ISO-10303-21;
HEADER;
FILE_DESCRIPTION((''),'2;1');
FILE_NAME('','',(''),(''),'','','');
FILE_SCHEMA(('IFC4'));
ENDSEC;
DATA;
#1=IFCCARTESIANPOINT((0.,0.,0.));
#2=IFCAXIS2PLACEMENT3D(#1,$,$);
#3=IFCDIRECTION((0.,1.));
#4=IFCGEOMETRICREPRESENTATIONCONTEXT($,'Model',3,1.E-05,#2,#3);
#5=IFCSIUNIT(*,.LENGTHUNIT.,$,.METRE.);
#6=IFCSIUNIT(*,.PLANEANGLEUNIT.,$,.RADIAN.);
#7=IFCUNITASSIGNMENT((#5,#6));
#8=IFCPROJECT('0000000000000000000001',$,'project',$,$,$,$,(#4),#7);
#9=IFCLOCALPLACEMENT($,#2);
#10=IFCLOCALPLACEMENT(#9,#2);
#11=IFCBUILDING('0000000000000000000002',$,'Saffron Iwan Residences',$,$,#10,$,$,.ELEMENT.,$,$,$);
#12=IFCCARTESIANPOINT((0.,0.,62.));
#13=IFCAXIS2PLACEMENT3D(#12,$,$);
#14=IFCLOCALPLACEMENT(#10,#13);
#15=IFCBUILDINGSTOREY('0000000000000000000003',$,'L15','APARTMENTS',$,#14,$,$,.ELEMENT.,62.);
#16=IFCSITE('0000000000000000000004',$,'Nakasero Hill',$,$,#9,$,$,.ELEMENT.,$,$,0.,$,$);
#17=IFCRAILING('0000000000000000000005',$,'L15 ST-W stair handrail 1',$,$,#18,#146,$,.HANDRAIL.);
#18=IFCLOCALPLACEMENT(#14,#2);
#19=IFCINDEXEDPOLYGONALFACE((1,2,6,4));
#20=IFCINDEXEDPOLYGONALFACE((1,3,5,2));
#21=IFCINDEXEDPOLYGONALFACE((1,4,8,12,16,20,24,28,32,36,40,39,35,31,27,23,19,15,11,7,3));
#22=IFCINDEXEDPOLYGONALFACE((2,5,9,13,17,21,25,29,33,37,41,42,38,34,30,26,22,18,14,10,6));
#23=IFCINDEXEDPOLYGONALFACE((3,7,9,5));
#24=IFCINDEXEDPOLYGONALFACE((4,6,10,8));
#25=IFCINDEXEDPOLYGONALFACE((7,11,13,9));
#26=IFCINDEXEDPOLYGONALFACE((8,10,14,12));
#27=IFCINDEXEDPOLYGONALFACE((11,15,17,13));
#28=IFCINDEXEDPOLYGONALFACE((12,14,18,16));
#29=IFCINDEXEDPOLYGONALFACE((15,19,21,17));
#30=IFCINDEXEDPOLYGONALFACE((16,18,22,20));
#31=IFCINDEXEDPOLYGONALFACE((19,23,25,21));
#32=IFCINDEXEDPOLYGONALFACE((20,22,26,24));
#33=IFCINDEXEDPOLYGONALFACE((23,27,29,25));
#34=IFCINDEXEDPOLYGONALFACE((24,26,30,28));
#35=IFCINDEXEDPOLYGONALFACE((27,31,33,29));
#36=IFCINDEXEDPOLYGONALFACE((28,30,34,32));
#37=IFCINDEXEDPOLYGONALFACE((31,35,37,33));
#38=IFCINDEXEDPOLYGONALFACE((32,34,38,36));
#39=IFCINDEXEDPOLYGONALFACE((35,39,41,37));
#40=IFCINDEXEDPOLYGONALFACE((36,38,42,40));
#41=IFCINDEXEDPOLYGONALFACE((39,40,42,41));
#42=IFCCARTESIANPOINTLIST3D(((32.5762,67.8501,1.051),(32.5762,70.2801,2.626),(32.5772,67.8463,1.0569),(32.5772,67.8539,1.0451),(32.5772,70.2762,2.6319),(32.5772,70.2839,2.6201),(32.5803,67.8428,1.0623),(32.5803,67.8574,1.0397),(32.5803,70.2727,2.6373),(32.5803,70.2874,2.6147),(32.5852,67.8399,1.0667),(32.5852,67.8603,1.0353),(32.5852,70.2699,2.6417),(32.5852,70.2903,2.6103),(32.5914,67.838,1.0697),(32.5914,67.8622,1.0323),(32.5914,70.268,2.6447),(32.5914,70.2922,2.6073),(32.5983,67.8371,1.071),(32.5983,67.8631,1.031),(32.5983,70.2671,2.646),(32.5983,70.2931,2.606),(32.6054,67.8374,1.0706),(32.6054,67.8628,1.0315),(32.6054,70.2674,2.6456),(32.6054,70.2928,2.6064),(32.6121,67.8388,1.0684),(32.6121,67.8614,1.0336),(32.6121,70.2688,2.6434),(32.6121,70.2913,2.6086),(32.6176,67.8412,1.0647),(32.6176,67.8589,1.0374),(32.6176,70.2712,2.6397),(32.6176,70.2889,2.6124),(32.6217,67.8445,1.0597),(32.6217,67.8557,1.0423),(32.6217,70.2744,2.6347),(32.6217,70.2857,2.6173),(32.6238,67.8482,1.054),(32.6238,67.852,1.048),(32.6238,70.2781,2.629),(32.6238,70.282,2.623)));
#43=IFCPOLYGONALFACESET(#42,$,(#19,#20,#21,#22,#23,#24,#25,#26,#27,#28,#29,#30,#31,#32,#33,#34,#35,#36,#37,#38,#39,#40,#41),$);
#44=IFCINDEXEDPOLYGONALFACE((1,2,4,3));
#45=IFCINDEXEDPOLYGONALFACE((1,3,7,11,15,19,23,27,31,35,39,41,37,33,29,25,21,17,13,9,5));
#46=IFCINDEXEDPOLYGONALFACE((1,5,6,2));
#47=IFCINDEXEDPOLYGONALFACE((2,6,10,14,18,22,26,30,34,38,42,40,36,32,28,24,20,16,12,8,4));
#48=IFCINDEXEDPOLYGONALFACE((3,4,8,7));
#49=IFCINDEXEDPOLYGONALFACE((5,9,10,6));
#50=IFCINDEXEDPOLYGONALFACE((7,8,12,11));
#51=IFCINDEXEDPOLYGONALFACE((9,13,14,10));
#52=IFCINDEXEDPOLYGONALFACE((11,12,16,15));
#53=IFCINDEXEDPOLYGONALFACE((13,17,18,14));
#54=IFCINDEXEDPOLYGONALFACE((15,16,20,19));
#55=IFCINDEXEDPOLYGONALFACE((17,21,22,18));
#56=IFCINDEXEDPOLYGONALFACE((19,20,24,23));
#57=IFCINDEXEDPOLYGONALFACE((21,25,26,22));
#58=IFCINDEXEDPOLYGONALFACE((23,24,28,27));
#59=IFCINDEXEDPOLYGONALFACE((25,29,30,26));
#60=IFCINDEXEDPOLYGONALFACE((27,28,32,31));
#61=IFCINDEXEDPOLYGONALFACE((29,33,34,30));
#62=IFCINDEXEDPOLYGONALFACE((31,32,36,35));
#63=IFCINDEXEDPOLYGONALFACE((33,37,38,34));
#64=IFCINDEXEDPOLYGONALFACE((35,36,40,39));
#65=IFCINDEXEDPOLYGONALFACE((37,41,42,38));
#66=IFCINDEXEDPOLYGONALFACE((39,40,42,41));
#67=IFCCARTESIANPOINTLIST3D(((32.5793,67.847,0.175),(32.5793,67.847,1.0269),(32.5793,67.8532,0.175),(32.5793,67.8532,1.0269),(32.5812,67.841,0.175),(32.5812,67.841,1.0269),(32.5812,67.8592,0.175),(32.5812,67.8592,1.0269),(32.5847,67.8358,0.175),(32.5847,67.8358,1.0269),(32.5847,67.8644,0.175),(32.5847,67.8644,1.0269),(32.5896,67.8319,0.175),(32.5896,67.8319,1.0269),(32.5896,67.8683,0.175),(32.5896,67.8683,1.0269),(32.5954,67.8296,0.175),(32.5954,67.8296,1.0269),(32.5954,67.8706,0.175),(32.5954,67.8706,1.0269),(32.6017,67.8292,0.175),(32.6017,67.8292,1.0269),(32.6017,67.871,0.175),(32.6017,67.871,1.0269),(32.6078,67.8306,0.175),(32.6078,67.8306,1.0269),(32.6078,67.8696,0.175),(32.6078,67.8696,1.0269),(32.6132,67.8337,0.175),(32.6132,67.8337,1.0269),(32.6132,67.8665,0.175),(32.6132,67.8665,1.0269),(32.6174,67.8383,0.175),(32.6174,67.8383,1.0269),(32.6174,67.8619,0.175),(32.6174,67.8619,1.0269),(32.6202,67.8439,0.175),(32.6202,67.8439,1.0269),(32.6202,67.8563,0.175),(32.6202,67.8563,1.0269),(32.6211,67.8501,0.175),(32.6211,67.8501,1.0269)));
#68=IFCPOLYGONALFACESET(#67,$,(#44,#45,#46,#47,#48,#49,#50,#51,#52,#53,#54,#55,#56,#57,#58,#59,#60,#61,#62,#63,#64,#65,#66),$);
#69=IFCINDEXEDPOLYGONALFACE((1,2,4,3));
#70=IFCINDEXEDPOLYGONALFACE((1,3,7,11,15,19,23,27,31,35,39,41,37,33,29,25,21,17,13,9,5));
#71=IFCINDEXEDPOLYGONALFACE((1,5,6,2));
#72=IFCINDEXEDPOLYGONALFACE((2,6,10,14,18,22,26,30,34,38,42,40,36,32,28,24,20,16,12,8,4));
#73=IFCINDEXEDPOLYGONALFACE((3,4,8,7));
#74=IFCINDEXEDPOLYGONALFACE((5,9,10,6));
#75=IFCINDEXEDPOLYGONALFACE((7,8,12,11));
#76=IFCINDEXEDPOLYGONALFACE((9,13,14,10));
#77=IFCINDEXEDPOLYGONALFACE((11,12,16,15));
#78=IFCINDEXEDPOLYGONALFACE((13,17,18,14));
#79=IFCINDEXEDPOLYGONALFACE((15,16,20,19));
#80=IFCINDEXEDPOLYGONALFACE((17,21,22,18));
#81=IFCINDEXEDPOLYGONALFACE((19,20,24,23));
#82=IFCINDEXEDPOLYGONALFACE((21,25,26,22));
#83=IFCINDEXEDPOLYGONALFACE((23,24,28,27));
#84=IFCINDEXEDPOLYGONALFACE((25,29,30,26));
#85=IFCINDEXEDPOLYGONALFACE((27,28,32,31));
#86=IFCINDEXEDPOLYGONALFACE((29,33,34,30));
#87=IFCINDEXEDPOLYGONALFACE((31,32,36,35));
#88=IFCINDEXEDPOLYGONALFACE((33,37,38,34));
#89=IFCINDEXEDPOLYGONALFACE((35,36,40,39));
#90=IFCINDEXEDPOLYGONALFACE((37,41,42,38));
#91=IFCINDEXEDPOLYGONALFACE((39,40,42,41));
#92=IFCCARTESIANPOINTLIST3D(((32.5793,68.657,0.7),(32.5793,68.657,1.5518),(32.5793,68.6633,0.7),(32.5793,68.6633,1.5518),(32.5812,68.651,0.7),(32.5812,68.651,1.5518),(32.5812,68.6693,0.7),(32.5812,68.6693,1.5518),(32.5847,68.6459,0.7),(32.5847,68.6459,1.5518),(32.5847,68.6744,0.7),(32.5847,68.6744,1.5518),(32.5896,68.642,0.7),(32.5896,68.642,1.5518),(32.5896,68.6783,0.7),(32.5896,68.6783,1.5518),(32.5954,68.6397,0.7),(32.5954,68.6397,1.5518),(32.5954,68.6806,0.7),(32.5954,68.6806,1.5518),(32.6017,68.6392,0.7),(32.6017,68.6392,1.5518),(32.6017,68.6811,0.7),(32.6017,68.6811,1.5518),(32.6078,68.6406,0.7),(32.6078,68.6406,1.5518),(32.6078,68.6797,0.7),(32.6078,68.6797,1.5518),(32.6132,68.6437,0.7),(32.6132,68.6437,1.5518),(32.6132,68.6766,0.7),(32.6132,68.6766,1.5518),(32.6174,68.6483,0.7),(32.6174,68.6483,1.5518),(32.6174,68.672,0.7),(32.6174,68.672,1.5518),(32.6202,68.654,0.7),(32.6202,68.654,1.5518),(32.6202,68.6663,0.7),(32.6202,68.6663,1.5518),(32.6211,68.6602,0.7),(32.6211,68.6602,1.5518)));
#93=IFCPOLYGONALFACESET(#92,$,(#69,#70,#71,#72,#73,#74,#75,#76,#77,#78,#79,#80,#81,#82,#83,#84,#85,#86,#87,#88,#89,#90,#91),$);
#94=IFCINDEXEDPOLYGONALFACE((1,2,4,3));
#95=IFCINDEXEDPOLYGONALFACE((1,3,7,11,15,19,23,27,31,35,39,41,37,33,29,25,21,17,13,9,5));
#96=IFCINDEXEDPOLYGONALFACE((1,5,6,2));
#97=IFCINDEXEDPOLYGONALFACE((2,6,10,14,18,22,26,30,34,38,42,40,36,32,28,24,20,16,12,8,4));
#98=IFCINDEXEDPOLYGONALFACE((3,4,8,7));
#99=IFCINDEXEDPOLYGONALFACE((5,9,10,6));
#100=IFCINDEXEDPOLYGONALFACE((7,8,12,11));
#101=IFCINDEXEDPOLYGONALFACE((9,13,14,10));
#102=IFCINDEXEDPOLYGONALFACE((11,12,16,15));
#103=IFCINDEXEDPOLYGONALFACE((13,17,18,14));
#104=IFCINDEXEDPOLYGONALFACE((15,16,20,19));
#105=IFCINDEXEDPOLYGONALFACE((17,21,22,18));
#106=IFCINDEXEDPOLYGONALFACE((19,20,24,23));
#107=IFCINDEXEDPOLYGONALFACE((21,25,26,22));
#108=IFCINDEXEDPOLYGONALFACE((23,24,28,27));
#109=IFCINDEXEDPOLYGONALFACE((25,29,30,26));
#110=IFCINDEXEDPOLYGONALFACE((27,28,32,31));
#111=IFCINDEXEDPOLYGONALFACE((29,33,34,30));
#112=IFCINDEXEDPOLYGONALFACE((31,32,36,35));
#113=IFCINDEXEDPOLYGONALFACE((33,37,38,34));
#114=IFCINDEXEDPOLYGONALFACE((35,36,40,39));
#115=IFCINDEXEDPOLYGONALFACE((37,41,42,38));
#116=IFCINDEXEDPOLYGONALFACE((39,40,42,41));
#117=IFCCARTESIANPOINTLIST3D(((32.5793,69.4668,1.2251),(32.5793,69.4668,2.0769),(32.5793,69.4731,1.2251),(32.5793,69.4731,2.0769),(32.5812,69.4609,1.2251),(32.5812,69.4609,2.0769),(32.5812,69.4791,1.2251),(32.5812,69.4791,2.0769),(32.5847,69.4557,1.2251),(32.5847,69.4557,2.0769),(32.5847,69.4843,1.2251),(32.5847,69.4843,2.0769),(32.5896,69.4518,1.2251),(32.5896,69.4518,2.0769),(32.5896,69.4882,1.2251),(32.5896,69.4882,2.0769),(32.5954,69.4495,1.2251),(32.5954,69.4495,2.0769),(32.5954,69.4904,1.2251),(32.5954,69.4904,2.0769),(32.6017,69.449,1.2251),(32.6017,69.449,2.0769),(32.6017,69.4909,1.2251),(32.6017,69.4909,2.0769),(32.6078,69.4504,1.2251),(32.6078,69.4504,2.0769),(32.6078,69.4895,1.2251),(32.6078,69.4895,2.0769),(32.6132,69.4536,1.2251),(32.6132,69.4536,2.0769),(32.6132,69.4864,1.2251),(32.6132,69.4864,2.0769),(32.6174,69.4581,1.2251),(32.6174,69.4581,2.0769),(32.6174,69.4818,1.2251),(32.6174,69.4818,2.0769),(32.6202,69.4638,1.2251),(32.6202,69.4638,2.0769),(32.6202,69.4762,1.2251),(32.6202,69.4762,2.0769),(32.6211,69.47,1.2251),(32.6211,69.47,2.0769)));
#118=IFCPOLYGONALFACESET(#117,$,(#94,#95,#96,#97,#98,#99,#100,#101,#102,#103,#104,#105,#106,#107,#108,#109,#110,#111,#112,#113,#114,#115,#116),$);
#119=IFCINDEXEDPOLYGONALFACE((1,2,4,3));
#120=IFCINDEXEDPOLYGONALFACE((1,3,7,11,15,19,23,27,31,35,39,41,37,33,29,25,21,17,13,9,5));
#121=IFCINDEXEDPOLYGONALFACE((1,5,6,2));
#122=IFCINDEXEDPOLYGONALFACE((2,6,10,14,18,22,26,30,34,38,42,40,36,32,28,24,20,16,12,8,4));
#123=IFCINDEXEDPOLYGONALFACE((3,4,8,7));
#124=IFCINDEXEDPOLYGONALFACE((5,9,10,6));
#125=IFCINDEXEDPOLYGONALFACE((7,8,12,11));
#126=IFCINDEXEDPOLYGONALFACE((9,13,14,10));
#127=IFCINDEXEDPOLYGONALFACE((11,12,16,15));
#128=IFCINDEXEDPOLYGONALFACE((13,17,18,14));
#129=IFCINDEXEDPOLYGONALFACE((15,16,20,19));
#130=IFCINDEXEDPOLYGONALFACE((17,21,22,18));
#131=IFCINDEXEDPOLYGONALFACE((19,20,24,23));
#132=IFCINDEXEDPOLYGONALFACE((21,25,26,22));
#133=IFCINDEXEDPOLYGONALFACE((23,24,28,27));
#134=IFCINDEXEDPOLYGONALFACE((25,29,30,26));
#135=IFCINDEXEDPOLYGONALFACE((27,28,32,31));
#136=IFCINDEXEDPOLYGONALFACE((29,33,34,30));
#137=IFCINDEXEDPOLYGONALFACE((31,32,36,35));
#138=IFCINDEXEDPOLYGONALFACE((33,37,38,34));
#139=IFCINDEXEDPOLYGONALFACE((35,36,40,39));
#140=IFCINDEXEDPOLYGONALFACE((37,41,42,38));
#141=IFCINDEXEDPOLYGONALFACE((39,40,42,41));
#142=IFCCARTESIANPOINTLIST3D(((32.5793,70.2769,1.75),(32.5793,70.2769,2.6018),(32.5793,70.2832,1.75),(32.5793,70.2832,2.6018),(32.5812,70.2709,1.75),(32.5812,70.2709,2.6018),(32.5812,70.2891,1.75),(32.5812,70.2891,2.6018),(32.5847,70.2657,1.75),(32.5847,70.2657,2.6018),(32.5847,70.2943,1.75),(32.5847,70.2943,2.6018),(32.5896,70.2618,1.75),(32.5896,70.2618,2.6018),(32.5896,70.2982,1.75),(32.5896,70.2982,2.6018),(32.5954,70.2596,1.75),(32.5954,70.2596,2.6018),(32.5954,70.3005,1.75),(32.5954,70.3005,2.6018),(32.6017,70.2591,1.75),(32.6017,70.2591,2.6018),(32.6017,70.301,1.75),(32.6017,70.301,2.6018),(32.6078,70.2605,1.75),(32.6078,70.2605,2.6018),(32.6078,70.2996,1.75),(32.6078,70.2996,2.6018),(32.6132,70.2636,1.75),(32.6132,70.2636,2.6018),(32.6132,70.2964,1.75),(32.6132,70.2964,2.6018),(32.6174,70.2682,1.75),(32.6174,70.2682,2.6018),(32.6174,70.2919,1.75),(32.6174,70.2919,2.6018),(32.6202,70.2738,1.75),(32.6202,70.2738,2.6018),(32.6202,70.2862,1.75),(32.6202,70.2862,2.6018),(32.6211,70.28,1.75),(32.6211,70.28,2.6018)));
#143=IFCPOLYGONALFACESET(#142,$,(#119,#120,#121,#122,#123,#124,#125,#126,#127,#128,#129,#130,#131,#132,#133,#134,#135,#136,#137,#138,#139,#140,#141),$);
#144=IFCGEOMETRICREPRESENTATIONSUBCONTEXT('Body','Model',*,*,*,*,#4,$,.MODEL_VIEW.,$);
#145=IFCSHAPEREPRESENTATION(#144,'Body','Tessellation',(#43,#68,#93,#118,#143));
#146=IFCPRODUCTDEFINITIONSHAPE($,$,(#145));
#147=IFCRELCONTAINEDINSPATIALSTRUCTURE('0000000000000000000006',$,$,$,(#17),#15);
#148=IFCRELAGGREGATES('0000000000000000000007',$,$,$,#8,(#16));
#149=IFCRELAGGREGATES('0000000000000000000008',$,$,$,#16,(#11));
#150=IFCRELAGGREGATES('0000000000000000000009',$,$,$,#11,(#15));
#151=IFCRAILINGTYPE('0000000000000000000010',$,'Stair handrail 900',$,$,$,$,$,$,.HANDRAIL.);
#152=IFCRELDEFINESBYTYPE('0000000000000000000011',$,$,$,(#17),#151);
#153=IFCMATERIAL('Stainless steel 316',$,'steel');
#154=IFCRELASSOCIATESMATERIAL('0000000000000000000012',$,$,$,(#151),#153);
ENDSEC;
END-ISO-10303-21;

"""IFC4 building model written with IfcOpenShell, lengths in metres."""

from ifc_helpers import new_model, si_unit, direction, frame, origin, origin_2d, place, context, subcontext, project, spatial, circle, extrude, material, type_object, element, save


model = new_model("IFC4")

# Units and contexts
model_context = context("Model", 3, precision=1e-05, world=origin(), true_north=direction((0.0, 1.0)))
body_context = subcontext(model_context, "Body", "Model", "MODEL_VIEW")
ifc_project = project(units=[si_unit("LENGTHUNIT", "METRE"), si_unit("PLANEANGLEUNIT", "RADIAN")], contexts=[model_context])

# Site, building, storey
site_placement = place(None, origin())
site = spatial("IfcSite", under=ifc_project, at=site_placement, Name="Nakasero Hill", CompositionType="ELEMENT", RefElevation=0.0)
building_placement = place(site_placement, origin())
building = spatial("IfcBuilding", under=site, at=building_placement, Name="Saffron Iwan Residences", CompositionType="ELEMENT")
storey_placement = place(building_placement, frame((0.0, 0.0, 62.0)))
storey = spatial("IfcBuildingStorey", under=building, at=storey_placement, Name="L15", Description="APARTMENTS", CompositionType="ELEMENT", Elevation=62.0)

# Railing
ifc_material_1 = material(Name="Stainless steel 316", Category="steel")
railing_type_1 = type_object("IfcRailingType", Name="Stair handrail 900", PredefinedType="HANDRAIL", material=ifc_material_1)
railing_1_placement = place(storey_placement, frame((32.6001, 67.8501, 0.175)))
element("IfcRailing", 1, at=railing_1_placement, inside=storey, type_object=railing_type_1, Name="L15 ST-W stair handrail 1", PredefinedType="HANDRAIL", context=body_context, shape_type="SweptSolid", body=[
    extrude(circle(Radius=0.0239, at=origin_2d()), frame((0.0, 0.0, 0.876), z_axis=(0.0, 0.839154, 0.543894), x_axis=(-1.0, 0.0, 0.0)), (0.0, 0.0, 1.0), 2.8958),
    extrude(circle(Radius=0.021, at=origin_2d()), origin(), (0.0, 0.0, 1.0), 0.8518),
    extrude(circle(Radius=0.021, at=origin_2d()), frame((0.0, 0.8101, 0.5249)), (0.0, 0.0, 1.0), 0.8518),
    extrude(circle(Radius=0.021, at=origin_2d()), frame((0.0, 1.6199, 1.05)), (0.0, 0.0, 1.0), 0.8518),
    extrude(circle(Radius=0.021, at=origin_2d()), frame((0.0, 2.4299, 1.575)), (0.0, 0.0, 1.0), 0.8518),
])

save(model, "model.ifc")
